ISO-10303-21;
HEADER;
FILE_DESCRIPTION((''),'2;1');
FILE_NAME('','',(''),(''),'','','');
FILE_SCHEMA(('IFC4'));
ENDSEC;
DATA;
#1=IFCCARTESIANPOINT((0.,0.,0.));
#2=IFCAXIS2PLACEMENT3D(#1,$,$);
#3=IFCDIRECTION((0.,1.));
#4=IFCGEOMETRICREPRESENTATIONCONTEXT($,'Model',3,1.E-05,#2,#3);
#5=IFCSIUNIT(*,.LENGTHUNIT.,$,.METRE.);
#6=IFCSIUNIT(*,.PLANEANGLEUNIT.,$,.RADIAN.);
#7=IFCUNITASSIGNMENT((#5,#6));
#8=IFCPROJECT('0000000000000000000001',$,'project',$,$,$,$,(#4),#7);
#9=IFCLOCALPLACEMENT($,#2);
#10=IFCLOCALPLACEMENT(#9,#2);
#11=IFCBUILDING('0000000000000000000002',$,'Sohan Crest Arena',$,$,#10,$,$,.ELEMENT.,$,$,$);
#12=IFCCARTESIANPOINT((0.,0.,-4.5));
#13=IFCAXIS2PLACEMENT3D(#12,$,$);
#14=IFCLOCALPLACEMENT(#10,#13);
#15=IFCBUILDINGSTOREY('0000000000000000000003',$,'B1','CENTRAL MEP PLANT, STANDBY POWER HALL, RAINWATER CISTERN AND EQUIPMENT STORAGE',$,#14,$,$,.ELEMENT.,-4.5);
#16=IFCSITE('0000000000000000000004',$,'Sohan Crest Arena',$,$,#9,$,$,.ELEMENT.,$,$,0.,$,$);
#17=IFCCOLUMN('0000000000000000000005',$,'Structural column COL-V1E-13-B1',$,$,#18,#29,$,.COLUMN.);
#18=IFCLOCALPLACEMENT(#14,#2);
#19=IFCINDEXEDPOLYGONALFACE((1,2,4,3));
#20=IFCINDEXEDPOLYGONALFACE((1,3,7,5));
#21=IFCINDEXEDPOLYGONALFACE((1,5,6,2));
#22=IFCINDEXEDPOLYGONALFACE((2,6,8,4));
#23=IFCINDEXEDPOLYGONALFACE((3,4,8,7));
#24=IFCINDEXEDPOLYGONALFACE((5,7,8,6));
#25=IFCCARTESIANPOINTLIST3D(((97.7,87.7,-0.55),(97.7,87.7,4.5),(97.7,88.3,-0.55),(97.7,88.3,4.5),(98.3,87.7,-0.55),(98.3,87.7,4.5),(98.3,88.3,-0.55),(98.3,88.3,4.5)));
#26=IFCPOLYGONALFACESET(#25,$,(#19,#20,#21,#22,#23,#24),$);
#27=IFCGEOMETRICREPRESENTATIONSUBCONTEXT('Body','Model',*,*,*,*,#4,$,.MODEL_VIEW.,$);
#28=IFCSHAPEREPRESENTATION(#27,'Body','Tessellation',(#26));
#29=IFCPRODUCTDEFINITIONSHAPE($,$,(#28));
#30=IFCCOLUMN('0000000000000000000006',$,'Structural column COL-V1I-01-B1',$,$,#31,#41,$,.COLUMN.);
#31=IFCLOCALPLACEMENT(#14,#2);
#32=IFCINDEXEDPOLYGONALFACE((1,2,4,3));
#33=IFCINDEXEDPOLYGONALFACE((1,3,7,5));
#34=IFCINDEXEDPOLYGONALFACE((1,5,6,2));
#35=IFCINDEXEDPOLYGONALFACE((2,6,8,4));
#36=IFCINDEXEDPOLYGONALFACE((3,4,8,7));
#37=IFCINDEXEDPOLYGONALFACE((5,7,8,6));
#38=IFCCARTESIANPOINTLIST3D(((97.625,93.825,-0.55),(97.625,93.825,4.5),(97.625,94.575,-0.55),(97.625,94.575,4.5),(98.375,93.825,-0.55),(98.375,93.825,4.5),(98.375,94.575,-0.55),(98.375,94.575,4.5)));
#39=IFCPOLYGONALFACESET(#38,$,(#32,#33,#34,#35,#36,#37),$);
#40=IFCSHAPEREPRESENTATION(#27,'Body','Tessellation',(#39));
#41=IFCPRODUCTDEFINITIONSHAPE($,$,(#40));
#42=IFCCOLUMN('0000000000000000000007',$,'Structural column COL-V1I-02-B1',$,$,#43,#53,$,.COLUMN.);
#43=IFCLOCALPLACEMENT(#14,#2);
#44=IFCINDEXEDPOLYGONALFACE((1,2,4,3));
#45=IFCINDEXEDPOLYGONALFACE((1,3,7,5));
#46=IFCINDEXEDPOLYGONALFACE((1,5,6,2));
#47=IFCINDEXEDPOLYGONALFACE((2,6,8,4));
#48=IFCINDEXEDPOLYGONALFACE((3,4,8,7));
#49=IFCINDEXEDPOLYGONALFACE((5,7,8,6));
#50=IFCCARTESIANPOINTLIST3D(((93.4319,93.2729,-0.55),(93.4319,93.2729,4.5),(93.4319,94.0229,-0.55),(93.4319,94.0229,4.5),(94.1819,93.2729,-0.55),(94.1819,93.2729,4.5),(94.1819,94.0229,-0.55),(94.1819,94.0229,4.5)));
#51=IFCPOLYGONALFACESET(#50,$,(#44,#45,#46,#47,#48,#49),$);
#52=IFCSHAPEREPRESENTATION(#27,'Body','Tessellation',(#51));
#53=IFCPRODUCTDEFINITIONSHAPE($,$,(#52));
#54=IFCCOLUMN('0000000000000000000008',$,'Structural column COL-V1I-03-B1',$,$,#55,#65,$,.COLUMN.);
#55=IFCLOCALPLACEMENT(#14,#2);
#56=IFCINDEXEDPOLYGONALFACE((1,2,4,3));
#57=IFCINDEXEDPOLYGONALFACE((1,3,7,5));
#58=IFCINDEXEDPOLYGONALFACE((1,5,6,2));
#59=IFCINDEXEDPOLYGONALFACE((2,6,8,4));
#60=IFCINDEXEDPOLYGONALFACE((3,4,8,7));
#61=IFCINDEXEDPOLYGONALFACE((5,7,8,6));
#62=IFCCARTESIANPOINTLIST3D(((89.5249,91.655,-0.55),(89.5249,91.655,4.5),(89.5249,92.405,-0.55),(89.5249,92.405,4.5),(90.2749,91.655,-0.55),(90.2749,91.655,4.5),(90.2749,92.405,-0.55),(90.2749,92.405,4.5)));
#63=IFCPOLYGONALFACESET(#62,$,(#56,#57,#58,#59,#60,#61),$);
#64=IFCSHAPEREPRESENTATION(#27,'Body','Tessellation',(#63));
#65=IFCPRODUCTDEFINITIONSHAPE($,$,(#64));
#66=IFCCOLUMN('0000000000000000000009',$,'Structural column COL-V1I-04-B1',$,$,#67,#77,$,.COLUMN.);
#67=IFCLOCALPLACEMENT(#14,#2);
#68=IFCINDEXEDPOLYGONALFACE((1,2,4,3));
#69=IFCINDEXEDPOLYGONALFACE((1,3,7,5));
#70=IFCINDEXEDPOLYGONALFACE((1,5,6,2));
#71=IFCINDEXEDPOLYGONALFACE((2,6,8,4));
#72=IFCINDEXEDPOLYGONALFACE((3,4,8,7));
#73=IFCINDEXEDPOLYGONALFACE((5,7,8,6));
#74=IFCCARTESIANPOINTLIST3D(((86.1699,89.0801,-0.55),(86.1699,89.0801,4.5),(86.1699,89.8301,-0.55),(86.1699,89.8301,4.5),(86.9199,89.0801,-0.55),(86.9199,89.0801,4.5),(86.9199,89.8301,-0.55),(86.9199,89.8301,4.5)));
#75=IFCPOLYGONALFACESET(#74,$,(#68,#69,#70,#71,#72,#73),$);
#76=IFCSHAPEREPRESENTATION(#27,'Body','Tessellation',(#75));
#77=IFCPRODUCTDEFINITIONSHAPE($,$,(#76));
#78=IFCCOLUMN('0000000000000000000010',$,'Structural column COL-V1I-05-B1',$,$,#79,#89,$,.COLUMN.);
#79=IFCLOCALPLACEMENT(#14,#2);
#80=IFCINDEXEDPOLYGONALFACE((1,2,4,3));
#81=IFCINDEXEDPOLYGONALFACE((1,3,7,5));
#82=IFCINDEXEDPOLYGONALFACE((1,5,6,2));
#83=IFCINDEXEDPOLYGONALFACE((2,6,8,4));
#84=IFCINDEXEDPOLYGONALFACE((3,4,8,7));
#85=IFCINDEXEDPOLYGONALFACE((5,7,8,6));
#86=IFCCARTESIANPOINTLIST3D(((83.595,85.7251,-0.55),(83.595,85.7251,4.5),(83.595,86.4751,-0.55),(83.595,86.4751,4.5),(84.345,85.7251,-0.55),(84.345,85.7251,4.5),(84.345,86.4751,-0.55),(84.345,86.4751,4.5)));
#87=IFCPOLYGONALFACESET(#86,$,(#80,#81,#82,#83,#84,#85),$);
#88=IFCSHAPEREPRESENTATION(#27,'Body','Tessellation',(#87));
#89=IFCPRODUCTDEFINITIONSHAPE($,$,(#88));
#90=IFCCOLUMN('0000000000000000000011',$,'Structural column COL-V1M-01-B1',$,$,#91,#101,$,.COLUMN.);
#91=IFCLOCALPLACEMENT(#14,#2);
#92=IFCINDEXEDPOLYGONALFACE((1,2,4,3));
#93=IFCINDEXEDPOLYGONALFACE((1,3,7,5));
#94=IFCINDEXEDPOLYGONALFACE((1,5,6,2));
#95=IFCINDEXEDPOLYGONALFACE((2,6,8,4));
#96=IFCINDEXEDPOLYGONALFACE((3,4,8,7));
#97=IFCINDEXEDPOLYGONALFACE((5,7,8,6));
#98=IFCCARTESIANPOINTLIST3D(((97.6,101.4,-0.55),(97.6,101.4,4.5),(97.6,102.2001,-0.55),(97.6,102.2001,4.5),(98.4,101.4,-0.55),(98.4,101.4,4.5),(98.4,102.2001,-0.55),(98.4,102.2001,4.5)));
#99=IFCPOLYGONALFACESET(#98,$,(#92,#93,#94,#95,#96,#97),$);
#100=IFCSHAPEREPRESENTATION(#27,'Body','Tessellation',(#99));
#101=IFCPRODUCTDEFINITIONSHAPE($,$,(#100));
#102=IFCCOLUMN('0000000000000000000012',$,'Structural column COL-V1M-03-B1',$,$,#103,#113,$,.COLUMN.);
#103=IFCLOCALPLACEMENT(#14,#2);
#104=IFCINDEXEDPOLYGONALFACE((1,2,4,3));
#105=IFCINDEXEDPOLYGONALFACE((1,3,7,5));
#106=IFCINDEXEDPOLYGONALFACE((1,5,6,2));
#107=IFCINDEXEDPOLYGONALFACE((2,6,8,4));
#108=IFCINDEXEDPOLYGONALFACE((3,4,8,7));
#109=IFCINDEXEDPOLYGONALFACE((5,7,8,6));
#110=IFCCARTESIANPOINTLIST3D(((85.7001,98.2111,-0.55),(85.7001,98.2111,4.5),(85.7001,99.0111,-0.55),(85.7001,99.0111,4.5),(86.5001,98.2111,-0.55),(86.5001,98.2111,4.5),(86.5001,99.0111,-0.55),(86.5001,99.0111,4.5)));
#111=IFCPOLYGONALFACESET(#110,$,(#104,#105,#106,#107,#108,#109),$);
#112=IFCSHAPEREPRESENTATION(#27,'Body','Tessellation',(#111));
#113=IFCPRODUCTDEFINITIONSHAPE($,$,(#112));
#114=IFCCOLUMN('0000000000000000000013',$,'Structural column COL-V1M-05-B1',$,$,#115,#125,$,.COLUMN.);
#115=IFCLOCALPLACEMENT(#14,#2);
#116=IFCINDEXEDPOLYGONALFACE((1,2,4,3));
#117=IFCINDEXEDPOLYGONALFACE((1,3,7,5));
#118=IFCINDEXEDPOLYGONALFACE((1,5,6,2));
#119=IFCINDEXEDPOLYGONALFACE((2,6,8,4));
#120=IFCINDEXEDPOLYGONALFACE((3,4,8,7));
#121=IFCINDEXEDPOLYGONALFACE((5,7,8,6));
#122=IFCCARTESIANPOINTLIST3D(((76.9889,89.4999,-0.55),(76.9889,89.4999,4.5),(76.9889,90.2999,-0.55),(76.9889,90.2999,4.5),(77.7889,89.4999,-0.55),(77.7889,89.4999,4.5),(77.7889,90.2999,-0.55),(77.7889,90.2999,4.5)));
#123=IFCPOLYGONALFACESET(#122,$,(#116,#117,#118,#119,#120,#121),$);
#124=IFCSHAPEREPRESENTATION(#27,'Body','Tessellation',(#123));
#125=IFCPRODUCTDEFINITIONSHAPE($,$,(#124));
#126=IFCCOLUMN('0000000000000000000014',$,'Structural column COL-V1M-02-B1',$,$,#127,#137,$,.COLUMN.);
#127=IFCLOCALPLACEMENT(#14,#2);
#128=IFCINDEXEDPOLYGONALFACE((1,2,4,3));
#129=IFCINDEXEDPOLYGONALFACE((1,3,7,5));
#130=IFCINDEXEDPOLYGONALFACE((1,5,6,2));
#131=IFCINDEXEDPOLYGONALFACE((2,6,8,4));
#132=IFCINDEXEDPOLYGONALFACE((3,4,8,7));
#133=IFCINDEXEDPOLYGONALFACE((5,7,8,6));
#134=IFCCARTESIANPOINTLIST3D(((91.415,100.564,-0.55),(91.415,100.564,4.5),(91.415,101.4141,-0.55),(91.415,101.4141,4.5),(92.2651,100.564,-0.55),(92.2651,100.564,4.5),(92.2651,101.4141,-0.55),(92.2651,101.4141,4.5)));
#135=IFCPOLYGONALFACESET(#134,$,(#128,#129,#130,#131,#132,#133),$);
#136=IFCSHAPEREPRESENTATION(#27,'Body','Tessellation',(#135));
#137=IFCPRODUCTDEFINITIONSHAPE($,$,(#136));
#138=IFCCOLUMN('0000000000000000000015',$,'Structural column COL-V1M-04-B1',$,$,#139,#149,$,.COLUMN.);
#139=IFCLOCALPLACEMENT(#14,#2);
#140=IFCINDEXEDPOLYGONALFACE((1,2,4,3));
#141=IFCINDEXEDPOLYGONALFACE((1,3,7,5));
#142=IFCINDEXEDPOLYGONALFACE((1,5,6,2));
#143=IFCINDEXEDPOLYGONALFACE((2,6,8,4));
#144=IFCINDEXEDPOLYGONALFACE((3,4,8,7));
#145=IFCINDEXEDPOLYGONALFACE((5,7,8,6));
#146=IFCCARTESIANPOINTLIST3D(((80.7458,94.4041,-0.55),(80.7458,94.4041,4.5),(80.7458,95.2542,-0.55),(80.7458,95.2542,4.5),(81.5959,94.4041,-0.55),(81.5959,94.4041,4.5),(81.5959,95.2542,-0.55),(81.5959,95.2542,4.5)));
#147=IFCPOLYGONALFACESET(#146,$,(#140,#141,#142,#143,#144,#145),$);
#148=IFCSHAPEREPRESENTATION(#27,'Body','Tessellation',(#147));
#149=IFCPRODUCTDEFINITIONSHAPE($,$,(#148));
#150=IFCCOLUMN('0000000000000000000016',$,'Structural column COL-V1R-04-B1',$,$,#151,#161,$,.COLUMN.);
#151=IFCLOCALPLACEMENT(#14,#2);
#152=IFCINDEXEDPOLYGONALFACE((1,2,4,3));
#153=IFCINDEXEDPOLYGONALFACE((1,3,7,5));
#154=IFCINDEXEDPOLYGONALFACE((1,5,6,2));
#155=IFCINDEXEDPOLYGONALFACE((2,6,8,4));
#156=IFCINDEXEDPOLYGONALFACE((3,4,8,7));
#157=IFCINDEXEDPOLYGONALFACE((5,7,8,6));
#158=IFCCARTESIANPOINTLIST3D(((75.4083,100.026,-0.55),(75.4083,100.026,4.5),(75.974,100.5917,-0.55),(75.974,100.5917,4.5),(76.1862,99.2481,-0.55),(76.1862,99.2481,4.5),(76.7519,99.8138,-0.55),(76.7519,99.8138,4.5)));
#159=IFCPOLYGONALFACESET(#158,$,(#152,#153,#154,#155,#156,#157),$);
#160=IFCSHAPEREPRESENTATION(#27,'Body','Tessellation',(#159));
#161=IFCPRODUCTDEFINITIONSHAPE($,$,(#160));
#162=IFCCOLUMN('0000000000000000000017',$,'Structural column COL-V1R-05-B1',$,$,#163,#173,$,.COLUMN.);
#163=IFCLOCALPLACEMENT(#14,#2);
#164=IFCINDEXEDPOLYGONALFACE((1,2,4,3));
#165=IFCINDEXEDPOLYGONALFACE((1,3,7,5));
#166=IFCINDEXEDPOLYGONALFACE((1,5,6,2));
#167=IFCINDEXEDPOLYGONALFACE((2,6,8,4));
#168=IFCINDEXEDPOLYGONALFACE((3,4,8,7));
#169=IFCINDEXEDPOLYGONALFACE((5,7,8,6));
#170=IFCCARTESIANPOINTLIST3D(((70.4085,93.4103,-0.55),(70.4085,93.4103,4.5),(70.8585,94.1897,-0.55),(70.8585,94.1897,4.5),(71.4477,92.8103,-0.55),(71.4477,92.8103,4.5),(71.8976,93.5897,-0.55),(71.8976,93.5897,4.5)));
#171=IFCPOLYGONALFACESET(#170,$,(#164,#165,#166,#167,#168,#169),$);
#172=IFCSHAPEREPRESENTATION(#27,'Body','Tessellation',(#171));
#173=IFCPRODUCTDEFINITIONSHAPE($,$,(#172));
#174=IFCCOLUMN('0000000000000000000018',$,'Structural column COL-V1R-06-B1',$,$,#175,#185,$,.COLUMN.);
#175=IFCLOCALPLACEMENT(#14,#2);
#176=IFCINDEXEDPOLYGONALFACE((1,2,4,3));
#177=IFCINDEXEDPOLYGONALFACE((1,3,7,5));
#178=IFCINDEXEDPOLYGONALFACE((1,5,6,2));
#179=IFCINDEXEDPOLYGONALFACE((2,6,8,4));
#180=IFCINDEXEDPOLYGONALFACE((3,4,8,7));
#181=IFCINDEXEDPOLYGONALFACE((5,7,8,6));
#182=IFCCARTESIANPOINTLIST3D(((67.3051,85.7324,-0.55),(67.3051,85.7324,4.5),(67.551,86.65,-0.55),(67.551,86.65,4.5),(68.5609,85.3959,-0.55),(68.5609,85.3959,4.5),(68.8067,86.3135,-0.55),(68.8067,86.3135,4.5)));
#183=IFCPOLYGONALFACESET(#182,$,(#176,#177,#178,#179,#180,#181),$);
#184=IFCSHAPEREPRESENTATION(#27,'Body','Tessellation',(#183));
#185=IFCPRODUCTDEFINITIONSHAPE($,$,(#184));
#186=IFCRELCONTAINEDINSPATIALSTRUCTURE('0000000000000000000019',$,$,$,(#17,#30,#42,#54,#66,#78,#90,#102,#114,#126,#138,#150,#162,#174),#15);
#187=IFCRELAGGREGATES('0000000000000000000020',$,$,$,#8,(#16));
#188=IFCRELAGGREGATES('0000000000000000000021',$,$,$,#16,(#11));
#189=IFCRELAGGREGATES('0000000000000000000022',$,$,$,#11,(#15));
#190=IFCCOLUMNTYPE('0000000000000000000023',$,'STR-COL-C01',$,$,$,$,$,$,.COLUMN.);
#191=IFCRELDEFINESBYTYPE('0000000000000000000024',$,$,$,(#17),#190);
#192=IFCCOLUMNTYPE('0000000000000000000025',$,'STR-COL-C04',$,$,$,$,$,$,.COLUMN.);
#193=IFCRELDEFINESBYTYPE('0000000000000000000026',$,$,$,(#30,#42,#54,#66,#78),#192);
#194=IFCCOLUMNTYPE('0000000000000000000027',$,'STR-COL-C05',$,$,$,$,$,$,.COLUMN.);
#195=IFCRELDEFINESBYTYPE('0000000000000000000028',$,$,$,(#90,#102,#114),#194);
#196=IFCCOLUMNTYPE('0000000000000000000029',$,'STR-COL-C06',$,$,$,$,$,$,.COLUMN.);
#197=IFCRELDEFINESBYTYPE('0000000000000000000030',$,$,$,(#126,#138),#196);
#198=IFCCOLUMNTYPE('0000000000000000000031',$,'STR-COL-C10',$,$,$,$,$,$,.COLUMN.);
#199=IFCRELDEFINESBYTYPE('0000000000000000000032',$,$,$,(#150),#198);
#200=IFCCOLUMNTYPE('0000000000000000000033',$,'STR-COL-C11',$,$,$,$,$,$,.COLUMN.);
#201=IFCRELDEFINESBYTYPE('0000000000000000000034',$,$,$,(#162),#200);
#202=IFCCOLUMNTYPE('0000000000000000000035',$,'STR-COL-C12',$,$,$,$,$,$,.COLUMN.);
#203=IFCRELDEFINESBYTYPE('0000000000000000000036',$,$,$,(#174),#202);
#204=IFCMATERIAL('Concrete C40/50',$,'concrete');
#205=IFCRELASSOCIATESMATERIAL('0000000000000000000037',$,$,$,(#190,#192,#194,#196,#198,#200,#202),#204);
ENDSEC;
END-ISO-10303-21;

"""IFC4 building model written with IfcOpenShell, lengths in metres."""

from ifc_helpers import new_model, si_unit, direction, frame, origin, origin_2d, place, context, subcontext, project, spatial, rectangle, extrude, material, material_profile, profile_set, type_object, element, save


model = new_model("IFC4")

# Units and contexts
model_context = context("Model", 3, precision=1e-05, world=origin(), true_north=direction((0.0, 1.0)))
body_context = subcontext(model_context, "Body", "Model", "MODEL_VIEW")
ifc_project = project(units=[si_unit("LENGTHUNIT", "METRE"), si_unit("PLANEANGLEUNIT", "RADIAN")], contexts=[model_context])

# Site, building, storey
site_placement = place(None, origin())
site = spatial("IfcSite", under=ifc_project, at=site_placement, Name="Sohan Crest Arena", CompositionType="ELEMENT", RefElevation=0.0)
building_placement = place(site_placement, origin())
building = spatial("IfcBuilding", under=site, at=building_placement, Name="Sohan Crest Arena", CompositionType="ELEMENT")
storey_placement = place(building_placement, frame((0.0, 0.0, -4.5)))
storey = spatial("IfcBuildingStorey", under=building, at=storey_placement, Name="B1", Description="CENTRAL MEP PLANT, STANDBY POWER HALL, RAINWATER CISTERN AND EQUIPMENT STORAGE", CompositionType="ELEMENT", Elevation=-4.5)

# Shared definitions
ifc_material_1 = material(Name="Concrete C40/50", Category="concrete")

# Columns
ifc_material_profile_1 = material_profile(ifc_material_1, rectangle(XDim=0.6001, YDim=0.6001, at=origin_2d()), Name="RC 600x600")
ifc_profile_set_1 = profile_set([ifc_material_profile_1], Name="Concrete C40/50")
column_type_1 = type_object("IfcColumnType", Name="STR-COL-C01", PredefinedType="COLUMN", material=ifc_profile_set_1)
column_1_placement = place(storey_placement, frame((98.0, 88.0, -0.55), z_axis=(0.0, 0.0, 1.0), x_axis=(1.0, 0.0, 0.0)))
element("IfcColumn", 1, at=column_1_placement, inside=storey, type_object=column_type_1, Name="Structural column COL-V1E-13-B1", PredefinedType="COLUMN", context=body_context, shape_type="SweptSolid", body=[
    extrude(rectangle(XDim=0.6001, YDim=0.6001, at=origin_2d()), origin(), (0.0, 0.0, 1.0), 5.05),
])
ifc_material_profile_2 = material_profile(ifc_material_1, rectangle(XDim=0.75, YDim=0.75, at=origin_2d()), Name="RC 750x750")
ifc_profile_set_2 = profile_set([ifc_material_profile_2], Name="Concrete C40/50")
column_type_2 = type_object("IfcColumnType", Name="STR-COL-C04", PredefinedType="COLUMN", material=ifc_profile_set_2)
for number, where, z_axis, x_axis, name in (
    (2, (98.0, 94.2, -0.55), (0.0, 0.0, 1.0), (1.0, 0.0, 0.0), "Structural column COL-V1I-01-B1"),
    (3, (93.8069, 93.6479, -0.55), (0.0, 0.0, 1.0), (1.0, 0.0, 0.0), "Structural column COL-V1I-02-B1"),
    (4, (89.8999, 92.03, -0.55), (0.0, 0.0, 1.0), (1.0, 0.0, 0.0), "Structural column COL-V1I-03-B1"),
    (5, (86.5449, 89.4551, -0.55), (0.0, 0.0, 1.0), (1.0, 0.0, 0.0), "Structural column COL-V1I-04-B1"),
    (6, (83.97, 86.1001, -0.55), (0.0, 0.0, 1.0), (1.0, 0.0, 0.0), "Structural column COL-V1I-05-B1"),
):
    element("IfcColumn", number, at=place(storey_placement, frame(where, z_axis=z_axis, x_axis=x_axis)), inside=storey, type_object=column_type_2, Name=name, PredefinedType="COLUMN", context=body_context, shape_type="SweptSolid", body=[
        extrude(rectangle(XDim=0.75, YDim=0.75, at=origin_2d()), origin(), (0.0, 0.0, 1.0), 5.05),
    ])
ifc_material_profile_3 = material_profile(ifc_material_1, rectangle(XDim=0.8, YDim=0.8, at=origin_2d()), Name="RC 800x800")
ifc_profile_set_3 = profile_set([ifc_material_profile_3], Name="Concrete C40/50")
column_type_3 = type_object("IfcColumnType", Name="STR-COL-C05", PredefinedType="COLUMN", material=ifc_profile_set_3)
for number, where, z_axis, x_axis, name in (
    (7, (98.0, 101.8, -0.55), (0.0, 0.0, 1.0), (1.0, 0.0, 0.0), "Structural column COL-V1M-01-B1"),
    (8, (86.1001, 98.6111, -0.55), (0.0, 0.0, 1.0), (1.0, 0.0, 0.0), "Structural column COL-V1M-03-B1"),
    (9, (77.3889, 89.8999, -0.55), (0.0, 0.0, 1.0), (1.0, 0.0, 0.0), "Structural column COL-V1M-05-B1"),
):
    element("IfcColumn", number, at=place(storey_placement, frame(where, z_axis=z_axis, x_axis=x_axis)), inside=storey, type_object=column_type_3, Name=name, PredefinedType="COLUMN", context=body_context, shape_type="SweptSolid", body=[
        extrude(rectangle(XDim=0.8, YDim=0.8, at=origin_2d()), origin(), (0.0, 0.0, 1.0), 5.05),
    ])
ifc_material_profile_4 = material_profile(ifc_material_1, rectangle(XDim=0.8501, YDim=0.8501, at=origin_2d()), Name="RC 850x850")
ifc_profile_set_4 = profile_set([ifc_material_profile_4], Name="Concrete C40/50")
column_type_4 = type_object("IfcColumnType", Name="STR-COL-C06", PredefinedType="COLUMN", material=ifc_profile_set_4)
for number, where, z_axis, x_axis, name in (
    (10, (91.8401, 100.989, -0.55), (0.0, 0.0, 1.0), (1.0, 0.0, 0.0), "Structural column COL-V1M-02-B1"),
    (11, (81.1709, 94.8291, -0.55), (0.0, 0.0, 1.0), (1.0, 0.0, 0.0), "Structural column COL-V1M-04-B1"),
):
    element("IfcColumn", number, at=place(storey_placement, frame(where, z_axis=z_axis, x_axis=x_axis)), inside=storey, type_object=column_type_4, Name=name, PredefinedType="COLUMN", context=body_context, shape_type="SweptSolid", body=[
        extrude(rectangle(XDim=0.8501, YDim=0.8501, at=origin_2d()), origin(), (0.0, 0.0, 1.0), 5.05),
    ])
ifc_material_profile_5 = material_profile(ifc_material_1, rectangle(XDim=1.1001, YDim=0.8, at=origin_2d()), Name="RC 1100x800")
ifc_profile_set_5 = profile_set([ifc_material_profile_5], Name="Concrete C40/50")
column_type_5 = type_object("IfcColumnType", Name="STR-COL-C10", PredefinedType="COLUMN", material=ifc_profile_set_5)
column_2_placement = place(storey_placement, frame((76.0801, 99.9199, -0.55), z_axis=(0.0, 0.0, 1.0), x_axis=(-0.707107, 0.707107, 0.0)))
element("IfcColumn", 12, at=column_2_placement, inside=storey, type_object=column_type_5, Name="Structural column COL-V1R-04-B1", PredefinedType="COLUMN", context=body_context, shape_type="SweptSolid", body=[
    extrude(rectangle(XDim=1.1001, YDim=0.8, at=origin_2d()), origin(), (0.0, 0.0, 1.0), 5.05),
])
ifc_material_profile_6 = material_profile(ifc_material_1, rectangle(XDim=1.2, YDim=0.8999, at=origin_2d()), Name="RC 1200x900")
ifc_profile_set_6 = profile_set([ifc_material_profile_6], Name="Concrete C40/50")
column_type_6 = type_object("IfcColumnType", Name="STR-COL-C11", PredefinedType="COLUMN", material=ifc_profile_set_6)
column_3_placement = place(storey_placement, frame((71.1531, 93.5, -0.55), z_axis=(0.0, 0.0, 1.0), x_axis=(-0.866025, 0.5, 0.0)))
element("IfcColumn", 13, at=column_3_placement, inside=storey, type_object=column_type_6, Name="Structural column COL-V1R-05-B1", PredefinedType="COLUMN", context=body_context, shape_type="SweptSolid", body=[
    extrude(rectangle(XDim=1.2, YDim=0.8999, at=origin_2d()), origin(), (0.0, 0.0, 1.0), 5.05),
])
ifc_material_profile_7 = material_profile(ifc_material_1, rectangle(XDim=1.3, YDim=0.95, at=origin_2d()), Name="RC 1300x950")
ifc_profile_set_7 = profile_set([ifc_material_profile_7], Name="Concrete C40/50")
column_type_7 = type_object("IfcColumnType", Name="STR-COL-C12", PredefinedType="COLUMN", material=ifc_profile_set_7)
column_4_placement = place(storey_placement, frame((68.0559, 86.0229, -0.55), z_axis=(0.0, 0.0, 1.0), x_axis=(-0.965926, 0.258819, 0.0)))
element("IfcColumn", 14, at=column_4_placement, inside=storey, type_object=column_type_7, Name="Structural column COL-V1R-06-B1", PredefinedType="COLUMN", context=body_context, shape_type="SweptSolid", body=[
    extrude(rectangle(XDim=1.3, YDim=0.95, at=origin_2d()), origin(), (0.0, 0.0, 1.0), 5.05),
])

save(model, "model.ifc")
